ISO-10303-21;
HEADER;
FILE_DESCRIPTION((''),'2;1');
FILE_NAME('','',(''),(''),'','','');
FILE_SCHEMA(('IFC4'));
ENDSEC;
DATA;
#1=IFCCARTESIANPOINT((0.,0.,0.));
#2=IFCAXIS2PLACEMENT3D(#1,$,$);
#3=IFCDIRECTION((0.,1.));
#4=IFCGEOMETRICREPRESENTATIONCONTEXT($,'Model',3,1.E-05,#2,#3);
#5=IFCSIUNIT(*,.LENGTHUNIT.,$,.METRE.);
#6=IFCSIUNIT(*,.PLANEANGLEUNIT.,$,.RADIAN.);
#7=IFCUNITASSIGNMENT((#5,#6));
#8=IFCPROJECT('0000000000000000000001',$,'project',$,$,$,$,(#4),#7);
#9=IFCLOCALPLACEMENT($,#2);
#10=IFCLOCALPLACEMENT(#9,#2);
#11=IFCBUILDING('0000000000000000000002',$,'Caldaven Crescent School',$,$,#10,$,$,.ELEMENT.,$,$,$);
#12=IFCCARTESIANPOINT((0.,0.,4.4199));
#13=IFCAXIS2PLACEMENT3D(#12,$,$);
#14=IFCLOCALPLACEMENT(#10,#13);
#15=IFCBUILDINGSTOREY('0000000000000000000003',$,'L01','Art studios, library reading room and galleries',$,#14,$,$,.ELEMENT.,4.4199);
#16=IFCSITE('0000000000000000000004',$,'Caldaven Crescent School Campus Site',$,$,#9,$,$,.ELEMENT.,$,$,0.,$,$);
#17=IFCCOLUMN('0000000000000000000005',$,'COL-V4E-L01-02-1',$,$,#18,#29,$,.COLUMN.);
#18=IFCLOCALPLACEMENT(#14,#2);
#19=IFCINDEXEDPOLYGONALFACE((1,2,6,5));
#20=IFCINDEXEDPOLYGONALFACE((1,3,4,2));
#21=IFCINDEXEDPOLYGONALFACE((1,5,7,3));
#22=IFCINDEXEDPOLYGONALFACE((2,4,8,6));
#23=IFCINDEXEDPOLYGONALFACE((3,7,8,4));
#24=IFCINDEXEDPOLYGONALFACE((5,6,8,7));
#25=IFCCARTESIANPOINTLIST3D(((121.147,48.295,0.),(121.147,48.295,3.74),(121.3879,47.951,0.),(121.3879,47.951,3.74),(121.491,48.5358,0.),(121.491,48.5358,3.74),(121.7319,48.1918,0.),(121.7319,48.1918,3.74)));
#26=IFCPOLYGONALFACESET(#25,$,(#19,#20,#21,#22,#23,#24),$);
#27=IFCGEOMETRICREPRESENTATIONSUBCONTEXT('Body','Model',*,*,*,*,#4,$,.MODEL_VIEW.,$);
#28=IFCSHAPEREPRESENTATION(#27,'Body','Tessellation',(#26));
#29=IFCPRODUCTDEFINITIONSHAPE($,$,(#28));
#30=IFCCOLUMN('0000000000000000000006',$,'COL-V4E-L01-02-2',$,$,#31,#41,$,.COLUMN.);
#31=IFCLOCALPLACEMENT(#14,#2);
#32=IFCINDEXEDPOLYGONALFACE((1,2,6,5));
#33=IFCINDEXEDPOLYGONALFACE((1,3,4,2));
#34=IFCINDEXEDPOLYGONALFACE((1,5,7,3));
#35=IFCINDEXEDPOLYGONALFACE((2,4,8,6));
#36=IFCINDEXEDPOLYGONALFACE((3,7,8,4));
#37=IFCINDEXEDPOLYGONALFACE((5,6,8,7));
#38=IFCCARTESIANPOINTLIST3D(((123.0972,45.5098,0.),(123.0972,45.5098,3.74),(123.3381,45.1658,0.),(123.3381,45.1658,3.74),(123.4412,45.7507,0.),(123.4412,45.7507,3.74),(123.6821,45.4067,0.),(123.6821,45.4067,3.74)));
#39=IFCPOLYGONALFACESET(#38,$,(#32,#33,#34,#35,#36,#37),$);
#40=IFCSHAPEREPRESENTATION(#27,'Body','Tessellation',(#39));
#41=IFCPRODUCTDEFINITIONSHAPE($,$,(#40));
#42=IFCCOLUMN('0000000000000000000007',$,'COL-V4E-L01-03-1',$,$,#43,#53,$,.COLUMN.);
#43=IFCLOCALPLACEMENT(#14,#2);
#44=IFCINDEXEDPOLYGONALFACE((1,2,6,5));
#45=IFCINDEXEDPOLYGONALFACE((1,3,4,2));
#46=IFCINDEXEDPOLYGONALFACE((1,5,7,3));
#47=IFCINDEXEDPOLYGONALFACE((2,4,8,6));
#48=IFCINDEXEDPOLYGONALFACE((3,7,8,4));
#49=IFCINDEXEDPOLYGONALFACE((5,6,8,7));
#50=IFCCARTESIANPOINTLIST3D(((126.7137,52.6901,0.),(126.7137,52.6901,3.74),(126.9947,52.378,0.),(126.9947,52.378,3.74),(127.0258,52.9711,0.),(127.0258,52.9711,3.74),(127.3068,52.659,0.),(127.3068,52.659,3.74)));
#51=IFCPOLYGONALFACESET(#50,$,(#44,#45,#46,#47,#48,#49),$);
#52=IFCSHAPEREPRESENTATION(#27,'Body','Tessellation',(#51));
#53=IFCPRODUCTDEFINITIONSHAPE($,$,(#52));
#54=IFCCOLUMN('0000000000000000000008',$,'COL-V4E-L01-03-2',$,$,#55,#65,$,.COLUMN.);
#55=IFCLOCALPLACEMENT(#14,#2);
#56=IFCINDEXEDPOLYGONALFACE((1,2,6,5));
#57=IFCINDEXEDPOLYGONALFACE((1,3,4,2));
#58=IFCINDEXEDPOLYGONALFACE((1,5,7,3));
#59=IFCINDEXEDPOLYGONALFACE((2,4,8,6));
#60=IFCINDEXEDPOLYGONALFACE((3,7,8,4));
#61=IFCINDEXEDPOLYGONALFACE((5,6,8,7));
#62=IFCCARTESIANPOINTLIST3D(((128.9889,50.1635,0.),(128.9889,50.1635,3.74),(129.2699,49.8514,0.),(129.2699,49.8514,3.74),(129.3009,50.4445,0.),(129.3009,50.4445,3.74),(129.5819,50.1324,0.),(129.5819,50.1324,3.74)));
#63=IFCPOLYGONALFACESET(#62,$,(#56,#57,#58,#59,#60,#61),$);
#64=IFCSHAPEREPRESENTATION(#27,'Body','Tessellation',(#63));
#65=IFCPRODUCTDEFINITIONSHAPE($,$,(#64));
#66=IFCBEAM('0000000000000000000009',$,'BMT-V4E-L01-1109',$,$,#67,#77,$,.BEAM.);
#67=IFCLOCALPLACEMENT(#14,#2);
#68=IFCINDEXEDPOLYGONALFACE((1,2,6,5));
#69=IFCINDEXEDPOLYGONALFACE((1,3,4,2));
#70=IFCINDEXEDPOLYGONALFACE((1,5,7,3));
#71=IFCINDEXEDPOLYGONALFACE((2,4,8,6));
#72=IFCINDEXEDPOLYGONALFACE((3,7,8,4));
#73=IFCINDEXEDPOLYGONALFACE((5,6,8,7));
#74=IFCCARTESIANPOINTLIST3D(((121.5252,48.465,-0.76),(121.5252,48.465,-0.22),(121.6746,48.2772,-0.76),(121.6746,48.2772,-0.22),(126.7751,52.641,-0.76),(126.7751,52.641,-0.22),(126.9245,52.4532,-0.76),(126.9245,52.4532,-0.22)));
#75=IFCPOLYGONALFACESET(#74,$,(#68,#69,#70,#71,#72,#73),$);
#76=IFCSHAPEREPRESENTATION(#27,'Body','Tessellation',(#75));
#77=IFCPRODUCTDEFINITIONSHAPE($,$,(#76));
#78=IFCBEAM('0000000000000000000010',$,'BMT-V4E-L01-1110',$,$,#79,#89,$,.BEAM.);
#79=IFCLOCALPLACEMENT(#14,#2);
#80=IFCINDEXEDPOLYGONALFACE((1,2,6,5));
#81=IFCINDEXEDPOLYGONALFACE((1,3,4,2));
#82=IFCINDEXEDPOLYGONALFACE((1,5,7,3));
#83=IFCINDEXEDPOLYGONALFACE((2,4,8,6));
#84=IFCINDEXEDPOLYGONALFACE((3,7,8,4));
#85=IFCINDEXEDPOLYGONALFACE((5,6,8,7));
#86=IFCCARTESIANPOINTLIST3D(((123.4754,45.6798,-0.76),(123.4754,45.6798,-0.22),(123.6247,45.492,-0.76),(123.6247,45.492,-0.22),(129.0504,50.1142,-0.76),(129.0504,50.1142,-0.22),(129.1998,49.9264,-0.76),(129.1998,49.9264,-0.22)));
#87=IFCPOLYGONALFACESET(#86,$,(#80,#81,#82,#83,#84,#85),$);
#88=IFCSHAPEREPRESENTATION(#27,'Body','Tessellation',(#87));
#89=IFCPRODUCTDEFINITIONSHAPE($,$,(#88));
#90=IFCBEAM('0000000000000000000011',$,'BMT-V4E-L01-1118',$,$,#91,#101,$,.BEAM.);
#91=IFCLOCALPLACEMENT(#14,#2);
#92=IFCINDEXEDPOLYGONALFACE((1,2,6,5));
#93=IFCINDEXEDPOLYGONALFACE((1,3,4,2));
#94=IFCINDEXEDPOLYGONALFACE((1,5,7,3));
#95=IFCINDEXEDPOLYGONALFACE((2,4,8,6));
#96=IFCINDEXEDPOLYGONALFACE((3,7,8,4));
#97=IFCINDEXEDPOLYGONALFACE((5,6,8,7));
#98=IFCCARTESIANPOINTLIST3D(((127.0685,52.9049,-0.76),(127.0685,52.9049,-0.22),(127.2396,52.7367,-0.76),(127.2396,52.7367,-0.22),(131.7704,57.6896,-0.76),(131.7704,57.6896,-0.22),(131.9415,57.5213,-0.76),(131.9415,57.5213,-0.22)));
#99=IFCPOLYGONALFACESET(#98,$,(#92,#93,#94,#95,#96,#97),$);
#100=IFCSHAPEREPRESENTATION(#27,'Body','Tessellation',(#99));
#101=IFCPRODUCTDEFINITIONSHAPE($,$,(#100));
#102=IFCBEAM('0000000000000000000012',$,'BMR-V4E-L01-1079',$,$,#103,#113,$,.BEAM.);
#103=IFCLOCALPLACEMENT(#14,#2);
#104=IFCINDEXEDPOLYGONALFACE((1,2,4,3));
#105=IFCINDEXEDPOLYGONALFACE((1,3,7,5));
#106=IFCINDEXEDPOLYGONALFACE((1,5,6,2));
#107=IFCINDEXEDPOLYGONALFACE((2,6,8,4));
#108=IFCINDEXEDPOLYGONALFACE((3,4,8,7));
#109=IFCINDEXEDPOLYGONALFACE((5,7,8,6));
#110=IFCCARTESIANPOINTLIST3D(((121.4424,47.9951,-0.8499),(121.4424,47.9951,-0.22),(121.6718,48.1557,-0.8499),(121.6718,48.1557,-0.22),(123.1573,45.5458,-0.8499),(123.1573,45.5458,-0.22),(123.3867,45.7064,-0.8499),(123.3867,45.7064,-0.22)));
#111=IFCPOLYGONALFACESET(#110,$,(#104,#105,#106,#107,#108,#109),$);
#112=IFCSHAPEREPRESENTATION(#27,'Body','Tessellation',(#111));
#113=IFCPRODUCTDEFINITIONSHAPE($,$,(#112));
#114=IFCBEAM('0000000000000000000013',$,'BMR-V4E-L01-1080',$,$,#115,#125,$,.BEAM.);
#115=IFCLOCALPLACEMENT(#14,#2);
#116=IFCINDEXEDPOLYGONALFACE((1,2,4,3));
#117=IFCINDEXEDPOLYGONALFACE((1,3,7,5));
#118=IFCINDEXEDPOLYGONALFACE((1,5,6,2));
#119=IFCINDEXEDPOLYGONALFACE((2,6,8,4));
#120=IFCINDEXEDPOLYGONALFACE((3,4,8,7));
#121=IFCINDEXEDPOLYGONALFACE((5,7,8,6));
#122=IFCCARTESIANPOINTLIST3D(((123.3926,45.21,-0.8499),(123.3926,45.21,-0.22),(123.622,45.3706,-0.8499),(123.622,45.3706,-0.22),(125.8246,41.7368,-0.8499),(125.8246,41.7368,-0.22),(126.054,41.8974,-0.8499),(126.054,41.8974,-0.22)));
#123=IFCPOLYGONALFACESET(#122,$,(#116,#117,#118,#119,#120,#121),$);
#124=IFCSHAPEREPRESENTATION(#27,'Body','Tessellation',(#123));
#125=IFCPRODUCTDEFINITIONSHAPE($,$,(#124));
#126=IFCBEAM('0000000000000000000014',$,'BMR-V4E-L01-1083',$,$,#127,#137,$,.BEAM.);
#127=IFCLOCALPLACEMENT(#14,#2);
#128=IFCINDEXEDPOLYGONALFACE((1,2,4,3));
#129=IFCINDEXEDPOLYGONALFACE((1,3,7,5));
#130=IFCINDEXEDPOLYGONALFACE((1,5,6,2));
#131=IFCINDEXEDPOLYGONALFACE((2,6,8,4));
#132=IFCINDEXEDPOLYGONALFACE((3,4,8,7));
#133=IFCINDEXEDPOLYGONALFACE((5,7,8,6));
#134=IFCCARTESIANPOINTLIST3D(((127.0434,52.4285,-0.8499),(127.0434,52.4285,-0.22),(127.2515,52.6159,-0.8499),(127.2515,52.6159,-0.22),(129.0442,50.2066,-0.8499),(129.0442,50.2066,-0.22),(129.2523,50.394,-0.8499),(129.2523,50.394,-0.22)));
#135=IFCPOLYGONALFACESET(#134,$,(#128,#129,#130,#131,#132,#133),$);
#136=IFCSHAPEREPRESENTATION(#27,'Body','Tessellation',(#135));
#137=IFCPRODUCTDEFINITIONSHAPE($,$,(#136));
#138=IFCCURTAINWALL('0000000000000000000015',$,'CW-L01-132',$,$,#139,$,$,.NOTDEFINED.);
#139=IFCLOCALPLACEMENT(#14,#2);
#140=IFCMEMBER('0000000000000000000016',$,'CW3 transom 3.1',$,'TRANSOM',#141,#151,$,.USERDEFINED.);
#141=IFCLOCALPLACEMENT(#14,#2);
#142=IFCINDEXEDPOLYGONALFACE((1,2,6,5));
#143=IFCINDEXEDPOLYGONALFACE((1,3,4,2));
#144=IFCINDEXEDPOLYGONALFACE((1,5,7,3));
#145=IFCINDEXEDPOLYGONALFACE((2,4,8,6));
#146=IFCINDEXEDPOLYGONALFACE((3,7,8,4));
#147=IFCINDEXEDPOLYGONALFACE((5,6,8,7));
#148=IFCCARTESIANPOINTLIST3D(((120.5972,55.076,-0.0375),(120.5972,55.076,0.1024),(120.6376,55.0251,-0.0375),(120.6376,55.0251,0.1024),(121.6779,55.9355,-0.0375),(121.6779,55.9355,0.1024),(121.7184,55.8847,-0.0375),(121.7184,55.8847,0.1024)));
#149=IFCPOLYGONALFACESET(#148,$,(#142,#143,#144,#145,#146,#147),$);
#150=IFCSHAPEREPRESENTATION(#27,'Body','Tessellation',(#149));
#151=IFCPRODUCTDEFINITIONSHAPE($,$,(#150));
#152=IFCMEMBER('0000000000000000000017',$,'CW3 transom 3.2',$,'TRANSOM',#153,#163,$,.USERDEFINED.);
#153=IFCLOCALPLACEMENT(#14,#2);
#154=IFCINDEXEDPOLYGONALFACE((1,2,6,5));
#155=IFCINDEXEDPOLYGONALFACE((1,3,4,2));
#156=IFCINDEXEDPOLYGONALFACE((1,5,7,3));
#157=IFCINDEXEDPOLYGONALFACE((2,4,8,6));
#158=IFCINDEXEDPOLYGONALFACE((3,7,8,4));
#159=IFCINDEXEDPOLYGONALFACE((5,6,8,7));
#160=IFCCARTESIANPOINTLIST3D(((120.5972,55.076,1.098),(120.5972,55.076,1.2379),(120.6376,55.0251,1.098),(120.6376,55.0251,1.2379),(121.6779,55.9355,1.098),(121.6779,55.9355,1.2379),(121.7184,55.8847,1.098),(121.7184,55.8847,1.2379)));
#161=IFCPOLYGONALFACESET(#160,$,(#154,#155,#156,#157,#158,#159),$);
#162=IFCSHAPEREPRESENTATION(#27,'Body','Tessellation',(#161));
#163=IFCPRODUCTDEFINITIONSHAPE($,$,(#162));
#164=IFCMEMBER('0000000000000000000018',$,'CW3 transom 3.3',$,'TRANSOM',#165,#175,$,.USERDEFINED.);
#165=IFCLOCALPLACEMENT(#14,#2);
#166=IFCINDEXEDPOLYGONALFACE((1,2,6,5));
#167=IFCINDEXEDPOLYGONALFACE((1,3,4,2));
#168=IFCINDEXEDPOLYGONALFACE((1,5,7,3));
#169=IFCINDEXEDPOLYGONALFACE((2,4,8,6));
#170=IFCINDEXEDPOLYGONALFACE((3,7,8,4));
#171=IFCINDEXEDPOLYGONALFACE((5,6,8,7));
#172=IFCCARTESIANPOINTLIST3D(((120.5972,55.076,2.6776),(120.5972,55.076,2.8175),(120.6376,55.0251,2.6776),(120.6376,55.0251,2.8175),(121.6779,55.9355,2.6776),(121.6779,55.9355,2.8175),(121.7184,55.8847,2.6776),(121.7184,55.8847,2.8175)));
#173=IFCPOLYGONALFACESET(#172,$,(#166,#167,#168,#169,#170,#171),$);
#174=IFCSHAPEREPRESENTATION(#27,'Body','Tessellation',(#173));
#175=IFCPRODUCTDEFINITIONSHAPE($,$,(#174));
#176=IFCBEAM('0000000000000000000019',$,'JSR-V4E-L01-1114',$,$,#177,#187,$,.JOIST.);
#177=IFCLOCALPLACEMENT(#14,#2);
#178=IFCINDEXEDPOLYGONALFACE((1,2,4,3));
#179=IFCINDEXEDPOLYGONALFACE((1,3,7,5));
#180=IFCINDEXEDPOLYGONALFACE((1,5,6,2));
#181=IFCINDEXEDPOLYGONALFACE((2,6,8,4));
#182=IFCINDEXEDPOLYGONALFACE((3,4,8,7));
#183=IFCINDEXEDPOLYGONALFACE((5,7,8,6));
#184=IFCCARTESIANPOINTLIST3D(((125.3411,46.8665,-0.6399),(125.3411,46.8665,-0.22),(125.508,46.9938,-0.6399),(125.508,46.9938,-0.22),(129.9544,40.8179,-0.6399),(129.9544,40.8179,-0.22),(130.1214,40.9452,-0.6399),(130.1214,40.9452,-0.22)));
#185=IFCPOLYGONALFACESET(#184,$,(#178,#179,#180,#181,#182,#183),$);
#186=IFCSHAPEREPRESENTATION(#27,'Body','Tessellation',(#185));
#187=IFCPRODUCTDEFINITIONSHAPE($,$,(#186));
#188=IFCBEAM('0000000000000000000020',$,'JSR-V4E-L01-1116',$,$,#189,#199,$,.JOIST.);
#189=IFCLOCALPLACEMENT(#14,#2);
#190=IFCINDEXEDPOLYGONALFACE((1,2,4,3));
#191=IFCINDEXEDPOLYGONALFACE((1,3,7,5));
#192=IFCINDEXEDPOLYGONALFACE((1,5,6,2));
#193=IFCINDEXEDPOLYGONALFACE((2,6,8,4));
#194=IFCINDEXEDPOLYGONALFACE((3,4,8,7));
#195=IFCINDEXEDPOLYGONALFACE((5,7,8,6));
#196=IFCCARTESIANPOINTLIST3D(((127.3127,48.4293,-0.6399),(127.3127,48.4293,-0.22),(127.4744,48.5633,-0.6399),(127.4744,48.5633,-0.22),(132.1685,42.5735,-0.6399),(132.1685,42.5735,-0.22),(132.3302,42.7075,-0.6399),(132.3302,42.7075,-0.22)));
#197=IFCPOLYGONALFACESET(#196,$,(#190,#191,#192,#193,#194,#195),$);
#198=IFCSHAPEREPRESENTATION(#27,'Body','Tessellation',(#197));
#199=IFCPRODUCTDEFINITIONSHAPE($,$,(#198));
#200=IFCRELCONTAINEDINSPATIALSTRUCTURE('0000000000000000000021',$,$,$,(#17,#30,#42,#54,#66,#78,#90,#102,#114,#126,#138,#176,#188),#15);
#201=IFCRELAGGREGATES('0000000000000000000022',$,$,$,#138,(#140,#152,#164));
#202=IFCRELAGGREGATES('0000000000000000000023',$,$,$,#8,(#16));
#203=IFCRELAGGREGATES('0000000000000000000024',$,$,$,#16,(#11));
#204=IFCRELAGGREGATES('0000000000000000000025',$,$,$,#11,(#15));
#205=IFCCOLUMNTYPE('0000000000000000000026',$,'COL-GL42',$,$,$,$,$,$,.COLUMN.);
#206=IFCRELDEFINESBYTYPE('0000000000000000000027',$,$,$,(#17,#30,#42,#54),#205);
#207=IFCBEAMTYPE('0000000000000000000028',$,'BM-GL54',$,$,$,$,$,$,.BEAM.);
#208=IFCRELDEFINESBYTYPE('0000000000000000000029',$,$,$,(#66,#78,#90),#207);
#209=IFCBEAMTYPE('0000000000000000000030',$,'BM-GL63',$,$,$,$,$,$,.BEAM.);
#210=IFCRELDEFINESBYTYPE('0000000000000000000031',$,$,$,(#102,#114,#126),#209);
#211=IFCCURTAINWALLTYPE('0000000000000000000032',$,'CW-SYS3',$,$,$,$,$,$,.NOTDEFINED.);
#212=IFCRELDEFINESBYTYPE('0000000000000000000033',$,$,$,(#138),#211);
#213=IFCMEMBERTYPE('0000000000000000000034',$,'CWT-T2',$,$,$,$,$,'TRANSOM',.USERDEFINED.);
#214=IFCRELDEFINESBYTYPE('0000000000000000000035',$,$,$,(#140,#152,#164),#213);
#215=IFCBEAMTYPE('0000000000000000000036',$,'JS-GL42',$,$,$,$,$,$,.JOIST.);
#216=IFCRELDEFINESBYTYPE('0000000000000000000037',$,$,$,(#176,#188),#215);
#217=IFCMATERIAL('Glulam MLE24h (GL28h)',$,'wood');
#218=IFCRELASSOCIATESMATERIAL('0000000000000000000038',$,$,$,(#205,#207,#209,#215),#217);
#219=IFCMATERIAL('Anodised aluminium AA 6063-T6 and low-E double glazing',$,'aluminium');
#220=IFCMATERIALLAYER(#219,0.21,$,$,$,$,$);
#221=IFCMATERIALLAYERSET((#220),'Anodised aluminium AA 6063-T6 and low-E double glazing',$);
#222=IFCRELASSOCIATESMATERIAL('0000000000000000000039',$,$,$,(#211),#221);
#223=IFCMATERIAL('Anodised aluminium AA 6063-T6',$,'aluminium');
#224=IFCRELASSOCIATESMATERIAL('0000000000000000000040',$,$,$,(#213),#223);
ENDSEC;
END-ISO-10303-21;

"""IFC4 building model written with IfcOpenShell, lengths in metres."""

from ifc_helpers import new_model, si_unit, direction, frame, origin, origin_2d, place, context, subcontext, project, spatial, rectangle, extrude, material, layer, layer_set, material_profile, profile_set, type_object, element, aggregate, save


model = new_model("IFC4")

# Units and contexts
model_context = context("Model", 3, precision=1e-05, world=origin(), true_north=direction((0.0, 1.0)))
body_context = subcontext(model_context, "Body", "Model", "MODEL_VIEW")
ifc_project = project(units=[si_unit("LENGTHUNIT", "METRE"), si_unit("PLANEANGLEUNIT", "RADIAN")], contexts=[model_context])

# Site, building, storey
site_placement = place(None, origin())
site = spatial("IfcSite", under=ifc_project, at=site_placement, Name="Caldaven Crescent School Campus Site", CompositionType="ELEMENT", RefElevation=0.0)
building_placement = place(site_placement, origin())
building = spatial("IfcBuilding", under=site, at=building_placement, Name="Caldaven Crescent School", CompositionType="ELEMENT")
storey_placement = place(building_placement, frame((0.0, 0.0, 4.4199)))
storey = spatial("IfcBuildingStorey", under=building, at=storey_placement, Name="L01", Description="Art studios, library reading room and galleries", CompositionType="ELEMENT", Elevation=4.4199)

# Columns
ifc_material_1 = material(Name="Glulam MLE24h (GL28h)", Category="wood")
ifc_material_profile_1 = material_profile(ifc_material_1, rectangle(XDim=0.4199, YDim=0.4199, at=origin_2d()), Name="MLE 420x420")
ifc_profile_set_1 = profile_set([ifc_material_profile_1], Name="Glulam MLE24h (GL28h)")
column_type = type_object("IfcColumnType", Name="COL-GL42", PredefinedType="COLUMN", material=ifc_profile_set_1)
for number, where, z_axis, x_axis, name in (
    (1, (121.4395, 48.2434, 0.0), (0.0, 0.0, 1.0), (0.573576, -0.819152, 0.0), "COL-V4E-L01-02-1"),
    (2, (123.3896, 45.4583, 0.0), (0.0, 0.0, 1.0), (0.573576, -0.819152, 0.0), "COL-V4E-L01-02-2"),
    (3, (127.0103, 52.6746, 0.0), (0.0, 0.0, 1.0), (0.669131, -0.743145, 0.0), "COL-V4E-L01-03-1"),
    (4, (129.2854, 50.1479, 0.0), (0.0, 0.0, 1.0), (0.669131, -0.743145, 0.0), "COL-V4E-L01-03-2"),
):
    element("IfcColumn", number, at=place(storey_placement, frame(where, z_axis=z_axis, x_axis=x_axis)), inside=storey, type_object=column_type, Name=name, PredefinedType="COLUMN", context=body_context, shape_type="SweptSolid", body=[
        extrude(rectangle(XDim=0.4199, YDim=0.4199, at=origin_2d()), origin(), (0.0, 0.0, 1.0), 3.74),
    ])

# Beams
ifc_material_profile_2 = material_profile(ifc_material_1, rectangle(XDim=0.24, YDim=0.54, at=origin_2d()), Name="MLE 240x540")
ifc_profile_set_2 = profile_set([ifc_material_profile_2], Name="Glulam MLE24h (GL28h)")
beam_type_1 = type_object("IfcBeamType", Name="BM-GL54", PredefinedType="BEAM", material=ifc_profile_set_2)
beam_1_placement = place(storey_placement, frame((121.5999, 48.3711, -0.49), z_axis=(0.782609, 0.622513, 0.0), x_axis=(-0.622513, 0.782609, 0.0)))
element("IfcBeam", 5, at=beam_1_placement, inside=storey, type_object=beam_type_1, Name="BMT-V4E-L01-1109", PredefinedType="BEAM", context=body_context, shape_type="SweptSolid", body=[
    extrude(rectangle(XDim=0.24, YDim=0.54, at=origin_2d()), origin(), (0.0, 0.0, 1.0), 6.7083),
])
beam_2_placement = place(storey_placement, frame((123.55, 45.5859, -0.49), z_axis=(0.782621, 0.622498, 0.0), x_axis=(-0.622498, 0.782621, 0.0)))
element("IfcBeam", 6, at=beam_2_placement, inside=storey, type_object=beam_type_1, Name="BMT-V4E-L01-1110", PredefinedType="BEAM", context=body_context, shape_type="SweptSolid", body=[
    extrude(rectangle(XDim=0.24, YDim=0.54, at=origin_2d()), origin(), (0.0, 0.0, 1.0), 7.1235),
])
beam_3_placement = place(storey_placement, frame((127.1541, 52.8208, -0.49), z_axis=(0.700911, 0.713249, 0.0), x_axis=(-0.713249, 0.700911, 0.0)))
element("IfcBeam", 7, at=beam_3_placement, inside=storey, type_object=beam_type_1, Name="BMT-V4E-L01-1118", PredefinedType="BEAM", context=body_context, shape_type="SweptSolid", body=[
    extrude(rectangle(XDim=0.24, YDim=0.54, at=origin_2d()), origin(), (0.0, 0.0, 1.0), 6.7083),
])
ifc_material_profile_3 = material_profile(ifc_material_1, rectangle(XDim=0.28, YDim=0.6299, at=origin_2d()), Name="MLE 280x630")
ifc_profile_set_3 = profile_set([ifc_material_profile_3], Name="Glulam MLE24h (GL28h)")
beam_type_2 = type_object("IfcBeamType", Name="BM-GL63", PredefinedType="BEAM", material=ifc_profile_set_3)
beam_4_placement = place(storey_placement, frame((121.5571, 48.0754, -0.5349), z_axis=(0.57355, -0.819171, 0.0), x_axis=(0.819171, 0.57355, 0.0)))
element("IfcBeam", 8, at=beam_4_placement, inside=storey, type_object=beam_type_2, Name="BMR-V4E-L01-1079", PredefinedType="BEAM", context=body_context, shape_type="SweptSolid", body=[
    extrude(rectangle(XDim=0.28, YDim=0.6299, at=origin_2d()), origin(), (0.0, 0.0, 1.0), 2.99),
])
beam_5_placement = place(storey_placement, frame((123.5073, 45.2903, -0.5349), z_axis=(0.573571, -0.819156, 0.0), x_axis=(0.819156, 0.573571, 0.0)))
element("IfcBeam", 9, at=beam_5_placement, inside=storey, type_object=beam_type_2, Name="BMR-V4E-L01-1080", PredefinedType="BEAM", context=body_context, shape_type="SweptSolid", body=[
    extrude(rectangle(XDim=0.28, YDim=0.6299, at=origin_2d()), origin(), (0.0, 0.0, 1.0), 4.24),
])
beam_6_placement = place(storey_placement, frame((127.1475, 52.5222, -0.5349), z_axis=(0.66915, -0.743128, 0.0), x_axis=(0.743128, 0.66915, 0.0)))
element("IfcBeam", 10, at=beam_6_placement, inside=storey, type_object=beam_type_2, Name="BMR-V4E-L01-1083", PredefinedType="BEAM", context=body_context, shape_type="SweptSolid", body=[
    extrude(rectangle(XDim=0.28, YDim=0.6299, at=origin_2d()), origin(), (0.0, 0.0, 1.0), 2.99),
])

# Curtain wall, members
ifc_material_2 = material(Name="Anodised aluminium AA 6063-T6 and low-E double glazing", Category="aluminium")
ifc_layer_1 = layer(ifc_material_2, 0.21)
ifc_layer_set_1 = layer_set([ifc_layer_1], Name="Anodised aluminium AA 6063-T6 and low-E double glazing")
curtain_wall_type = type_object("IfcCurtainWallType", Name="CW-SYS3", PredefinedType="NOTDEFINED", material=ifc_layer_set_1)
curtain_wall_placement = place(storey_placement, origin())
curtain_wall = element("IfcCurtainWall", 11, at=curtain_wall_placement, inside=storey, type_object=curtain_wall_type, Name="CW-L01-132", PredefinedType="NOTDEFINED")
ifc_material_3 = material(Name="Anodised aluminium AA 6063-T6", Category="aluminium")
ifc_material_profile_4 = material_profile(ifc_material_3, rectangle(XDim=0.0649, YDim=0.1399, at=origin_2d()), Name="CWT 65x140")
ifc_profile_set_4 = profile_set([ifc_material_profile_4], Name="Anodised aluminium AA 6063-T6")
member_type = type_object("IfcMemberType", Name="CWT-T2", ElementType="TRANSOM", PredefinedType="USERDEFINED", material=ifc_profile_set_4)
member_1_placement = place(storey_placement, frame((120.6174, 55.0505, 0.0325), z_axis=(0.782642, 0.622472, 0.0), x_axis=(-0.622472, 0.782642, 0.0)))
member_1 = element("IfcMember", 12, at=member_1_placement, type_object=member_type, Name="CW3 transom 3.1", ObjectType="TRANSOM", PredefinedType="USERDEFINED", context=body_context, shape_type="SweptSolid", body=[
    extrude(rectangle(XDim=0.0649, YDim=0.1399, at=origin_2d()), origin(), (0.0, 0.0, 1.0), 1.3809),
])
member_2_placement = place(storey_placement, frame((120.6174, 55.0505, 1.168), z_axis=(0.782642, 0.622472, 0.0), x_axis=(-0.622472, 0.782642, 0.0)))
member_2 = element("IfcMember", 13, at=member_2_placement, type_object=member_type, Name="CW3 transom 3.2", ObjectType="TRANSOM", PredefinedType="USERDEFINED", context=body_context, shape_type="SweptSolid", body=[
    extrude(rectangle(XDim=0.0649, YDim=0.1399, at=origin_2d()), origin(), (0.0, 0.0, 1.0), 1.3809),
])
member_3_placement = place(storey_placement, frame((120.6174, 55.0505, 2.7476), z_axis=(0.782642, 0.622472, 0.0), x_axis=(-0.622472, 0.782642, 0.0)))
member_3 = element("IfcMember", 14, at=member_3_placement, type_object=member_type, Name="CW3 transom 3.3", ObjectType="TRANSOM", PredefinedType="USERDEFINED", context=body_context, shape_type="SweptSolid", body=[
    extrude(rectangle(XDim=0.0649, YDim=0.1399, at=origin_2d()), origin(), (0.0, 0.0, 1.0), 1.3809),
])
aggregate(curtain_wall, [member_1, member_2, member_3])

# Beams
ifc_material_profile_5 = material_profile(ifc_material_1, rectangle(XDim=0.21, YDim=0.4199, at=origin_2d()), Name="MLE 210x420")
ifc_profile_set_5 = profile_set([ifc_material_profile_5], Name="Glulam MLE24h (GL28h)")
beam_type_3 = type_object("IfcBeamType", Name="JS-GL42", PredefinedType="JOIST", material=ifc_profile_set_5)
for number, where, z_axis, x_axis, name in (
    (15, (125.4246, 46.9302, -0.4299), (0.606445, -0.795125, 0.0), (0.795125, 0.606445, 0.0), "JSR-V4E-L01-1114"),
    (16, (127.3936, 48.4963, -0.4299), (0.638317, -0.769774, 0.0), (0.769774, 0.638317, 0.0), "JSR-V4E-L01-1116"),
):
    element("IfcBeam", number, at=place(storey_placement, frame(where, z_axis=z_axis, x_axis=x_axis)), inside=storey, type_object=beam_type_3, Name=name, PredefinedType="JOIST", context=body_context, shape_type="SweptSolid", body=[
        extrude(rectangle(XDim=0.21, YDim=0.4199, at=origin_2d()), origin(), (0.0, 0.0, 1.0), 7.6072),
    ])

save(model, "model.ifc")
